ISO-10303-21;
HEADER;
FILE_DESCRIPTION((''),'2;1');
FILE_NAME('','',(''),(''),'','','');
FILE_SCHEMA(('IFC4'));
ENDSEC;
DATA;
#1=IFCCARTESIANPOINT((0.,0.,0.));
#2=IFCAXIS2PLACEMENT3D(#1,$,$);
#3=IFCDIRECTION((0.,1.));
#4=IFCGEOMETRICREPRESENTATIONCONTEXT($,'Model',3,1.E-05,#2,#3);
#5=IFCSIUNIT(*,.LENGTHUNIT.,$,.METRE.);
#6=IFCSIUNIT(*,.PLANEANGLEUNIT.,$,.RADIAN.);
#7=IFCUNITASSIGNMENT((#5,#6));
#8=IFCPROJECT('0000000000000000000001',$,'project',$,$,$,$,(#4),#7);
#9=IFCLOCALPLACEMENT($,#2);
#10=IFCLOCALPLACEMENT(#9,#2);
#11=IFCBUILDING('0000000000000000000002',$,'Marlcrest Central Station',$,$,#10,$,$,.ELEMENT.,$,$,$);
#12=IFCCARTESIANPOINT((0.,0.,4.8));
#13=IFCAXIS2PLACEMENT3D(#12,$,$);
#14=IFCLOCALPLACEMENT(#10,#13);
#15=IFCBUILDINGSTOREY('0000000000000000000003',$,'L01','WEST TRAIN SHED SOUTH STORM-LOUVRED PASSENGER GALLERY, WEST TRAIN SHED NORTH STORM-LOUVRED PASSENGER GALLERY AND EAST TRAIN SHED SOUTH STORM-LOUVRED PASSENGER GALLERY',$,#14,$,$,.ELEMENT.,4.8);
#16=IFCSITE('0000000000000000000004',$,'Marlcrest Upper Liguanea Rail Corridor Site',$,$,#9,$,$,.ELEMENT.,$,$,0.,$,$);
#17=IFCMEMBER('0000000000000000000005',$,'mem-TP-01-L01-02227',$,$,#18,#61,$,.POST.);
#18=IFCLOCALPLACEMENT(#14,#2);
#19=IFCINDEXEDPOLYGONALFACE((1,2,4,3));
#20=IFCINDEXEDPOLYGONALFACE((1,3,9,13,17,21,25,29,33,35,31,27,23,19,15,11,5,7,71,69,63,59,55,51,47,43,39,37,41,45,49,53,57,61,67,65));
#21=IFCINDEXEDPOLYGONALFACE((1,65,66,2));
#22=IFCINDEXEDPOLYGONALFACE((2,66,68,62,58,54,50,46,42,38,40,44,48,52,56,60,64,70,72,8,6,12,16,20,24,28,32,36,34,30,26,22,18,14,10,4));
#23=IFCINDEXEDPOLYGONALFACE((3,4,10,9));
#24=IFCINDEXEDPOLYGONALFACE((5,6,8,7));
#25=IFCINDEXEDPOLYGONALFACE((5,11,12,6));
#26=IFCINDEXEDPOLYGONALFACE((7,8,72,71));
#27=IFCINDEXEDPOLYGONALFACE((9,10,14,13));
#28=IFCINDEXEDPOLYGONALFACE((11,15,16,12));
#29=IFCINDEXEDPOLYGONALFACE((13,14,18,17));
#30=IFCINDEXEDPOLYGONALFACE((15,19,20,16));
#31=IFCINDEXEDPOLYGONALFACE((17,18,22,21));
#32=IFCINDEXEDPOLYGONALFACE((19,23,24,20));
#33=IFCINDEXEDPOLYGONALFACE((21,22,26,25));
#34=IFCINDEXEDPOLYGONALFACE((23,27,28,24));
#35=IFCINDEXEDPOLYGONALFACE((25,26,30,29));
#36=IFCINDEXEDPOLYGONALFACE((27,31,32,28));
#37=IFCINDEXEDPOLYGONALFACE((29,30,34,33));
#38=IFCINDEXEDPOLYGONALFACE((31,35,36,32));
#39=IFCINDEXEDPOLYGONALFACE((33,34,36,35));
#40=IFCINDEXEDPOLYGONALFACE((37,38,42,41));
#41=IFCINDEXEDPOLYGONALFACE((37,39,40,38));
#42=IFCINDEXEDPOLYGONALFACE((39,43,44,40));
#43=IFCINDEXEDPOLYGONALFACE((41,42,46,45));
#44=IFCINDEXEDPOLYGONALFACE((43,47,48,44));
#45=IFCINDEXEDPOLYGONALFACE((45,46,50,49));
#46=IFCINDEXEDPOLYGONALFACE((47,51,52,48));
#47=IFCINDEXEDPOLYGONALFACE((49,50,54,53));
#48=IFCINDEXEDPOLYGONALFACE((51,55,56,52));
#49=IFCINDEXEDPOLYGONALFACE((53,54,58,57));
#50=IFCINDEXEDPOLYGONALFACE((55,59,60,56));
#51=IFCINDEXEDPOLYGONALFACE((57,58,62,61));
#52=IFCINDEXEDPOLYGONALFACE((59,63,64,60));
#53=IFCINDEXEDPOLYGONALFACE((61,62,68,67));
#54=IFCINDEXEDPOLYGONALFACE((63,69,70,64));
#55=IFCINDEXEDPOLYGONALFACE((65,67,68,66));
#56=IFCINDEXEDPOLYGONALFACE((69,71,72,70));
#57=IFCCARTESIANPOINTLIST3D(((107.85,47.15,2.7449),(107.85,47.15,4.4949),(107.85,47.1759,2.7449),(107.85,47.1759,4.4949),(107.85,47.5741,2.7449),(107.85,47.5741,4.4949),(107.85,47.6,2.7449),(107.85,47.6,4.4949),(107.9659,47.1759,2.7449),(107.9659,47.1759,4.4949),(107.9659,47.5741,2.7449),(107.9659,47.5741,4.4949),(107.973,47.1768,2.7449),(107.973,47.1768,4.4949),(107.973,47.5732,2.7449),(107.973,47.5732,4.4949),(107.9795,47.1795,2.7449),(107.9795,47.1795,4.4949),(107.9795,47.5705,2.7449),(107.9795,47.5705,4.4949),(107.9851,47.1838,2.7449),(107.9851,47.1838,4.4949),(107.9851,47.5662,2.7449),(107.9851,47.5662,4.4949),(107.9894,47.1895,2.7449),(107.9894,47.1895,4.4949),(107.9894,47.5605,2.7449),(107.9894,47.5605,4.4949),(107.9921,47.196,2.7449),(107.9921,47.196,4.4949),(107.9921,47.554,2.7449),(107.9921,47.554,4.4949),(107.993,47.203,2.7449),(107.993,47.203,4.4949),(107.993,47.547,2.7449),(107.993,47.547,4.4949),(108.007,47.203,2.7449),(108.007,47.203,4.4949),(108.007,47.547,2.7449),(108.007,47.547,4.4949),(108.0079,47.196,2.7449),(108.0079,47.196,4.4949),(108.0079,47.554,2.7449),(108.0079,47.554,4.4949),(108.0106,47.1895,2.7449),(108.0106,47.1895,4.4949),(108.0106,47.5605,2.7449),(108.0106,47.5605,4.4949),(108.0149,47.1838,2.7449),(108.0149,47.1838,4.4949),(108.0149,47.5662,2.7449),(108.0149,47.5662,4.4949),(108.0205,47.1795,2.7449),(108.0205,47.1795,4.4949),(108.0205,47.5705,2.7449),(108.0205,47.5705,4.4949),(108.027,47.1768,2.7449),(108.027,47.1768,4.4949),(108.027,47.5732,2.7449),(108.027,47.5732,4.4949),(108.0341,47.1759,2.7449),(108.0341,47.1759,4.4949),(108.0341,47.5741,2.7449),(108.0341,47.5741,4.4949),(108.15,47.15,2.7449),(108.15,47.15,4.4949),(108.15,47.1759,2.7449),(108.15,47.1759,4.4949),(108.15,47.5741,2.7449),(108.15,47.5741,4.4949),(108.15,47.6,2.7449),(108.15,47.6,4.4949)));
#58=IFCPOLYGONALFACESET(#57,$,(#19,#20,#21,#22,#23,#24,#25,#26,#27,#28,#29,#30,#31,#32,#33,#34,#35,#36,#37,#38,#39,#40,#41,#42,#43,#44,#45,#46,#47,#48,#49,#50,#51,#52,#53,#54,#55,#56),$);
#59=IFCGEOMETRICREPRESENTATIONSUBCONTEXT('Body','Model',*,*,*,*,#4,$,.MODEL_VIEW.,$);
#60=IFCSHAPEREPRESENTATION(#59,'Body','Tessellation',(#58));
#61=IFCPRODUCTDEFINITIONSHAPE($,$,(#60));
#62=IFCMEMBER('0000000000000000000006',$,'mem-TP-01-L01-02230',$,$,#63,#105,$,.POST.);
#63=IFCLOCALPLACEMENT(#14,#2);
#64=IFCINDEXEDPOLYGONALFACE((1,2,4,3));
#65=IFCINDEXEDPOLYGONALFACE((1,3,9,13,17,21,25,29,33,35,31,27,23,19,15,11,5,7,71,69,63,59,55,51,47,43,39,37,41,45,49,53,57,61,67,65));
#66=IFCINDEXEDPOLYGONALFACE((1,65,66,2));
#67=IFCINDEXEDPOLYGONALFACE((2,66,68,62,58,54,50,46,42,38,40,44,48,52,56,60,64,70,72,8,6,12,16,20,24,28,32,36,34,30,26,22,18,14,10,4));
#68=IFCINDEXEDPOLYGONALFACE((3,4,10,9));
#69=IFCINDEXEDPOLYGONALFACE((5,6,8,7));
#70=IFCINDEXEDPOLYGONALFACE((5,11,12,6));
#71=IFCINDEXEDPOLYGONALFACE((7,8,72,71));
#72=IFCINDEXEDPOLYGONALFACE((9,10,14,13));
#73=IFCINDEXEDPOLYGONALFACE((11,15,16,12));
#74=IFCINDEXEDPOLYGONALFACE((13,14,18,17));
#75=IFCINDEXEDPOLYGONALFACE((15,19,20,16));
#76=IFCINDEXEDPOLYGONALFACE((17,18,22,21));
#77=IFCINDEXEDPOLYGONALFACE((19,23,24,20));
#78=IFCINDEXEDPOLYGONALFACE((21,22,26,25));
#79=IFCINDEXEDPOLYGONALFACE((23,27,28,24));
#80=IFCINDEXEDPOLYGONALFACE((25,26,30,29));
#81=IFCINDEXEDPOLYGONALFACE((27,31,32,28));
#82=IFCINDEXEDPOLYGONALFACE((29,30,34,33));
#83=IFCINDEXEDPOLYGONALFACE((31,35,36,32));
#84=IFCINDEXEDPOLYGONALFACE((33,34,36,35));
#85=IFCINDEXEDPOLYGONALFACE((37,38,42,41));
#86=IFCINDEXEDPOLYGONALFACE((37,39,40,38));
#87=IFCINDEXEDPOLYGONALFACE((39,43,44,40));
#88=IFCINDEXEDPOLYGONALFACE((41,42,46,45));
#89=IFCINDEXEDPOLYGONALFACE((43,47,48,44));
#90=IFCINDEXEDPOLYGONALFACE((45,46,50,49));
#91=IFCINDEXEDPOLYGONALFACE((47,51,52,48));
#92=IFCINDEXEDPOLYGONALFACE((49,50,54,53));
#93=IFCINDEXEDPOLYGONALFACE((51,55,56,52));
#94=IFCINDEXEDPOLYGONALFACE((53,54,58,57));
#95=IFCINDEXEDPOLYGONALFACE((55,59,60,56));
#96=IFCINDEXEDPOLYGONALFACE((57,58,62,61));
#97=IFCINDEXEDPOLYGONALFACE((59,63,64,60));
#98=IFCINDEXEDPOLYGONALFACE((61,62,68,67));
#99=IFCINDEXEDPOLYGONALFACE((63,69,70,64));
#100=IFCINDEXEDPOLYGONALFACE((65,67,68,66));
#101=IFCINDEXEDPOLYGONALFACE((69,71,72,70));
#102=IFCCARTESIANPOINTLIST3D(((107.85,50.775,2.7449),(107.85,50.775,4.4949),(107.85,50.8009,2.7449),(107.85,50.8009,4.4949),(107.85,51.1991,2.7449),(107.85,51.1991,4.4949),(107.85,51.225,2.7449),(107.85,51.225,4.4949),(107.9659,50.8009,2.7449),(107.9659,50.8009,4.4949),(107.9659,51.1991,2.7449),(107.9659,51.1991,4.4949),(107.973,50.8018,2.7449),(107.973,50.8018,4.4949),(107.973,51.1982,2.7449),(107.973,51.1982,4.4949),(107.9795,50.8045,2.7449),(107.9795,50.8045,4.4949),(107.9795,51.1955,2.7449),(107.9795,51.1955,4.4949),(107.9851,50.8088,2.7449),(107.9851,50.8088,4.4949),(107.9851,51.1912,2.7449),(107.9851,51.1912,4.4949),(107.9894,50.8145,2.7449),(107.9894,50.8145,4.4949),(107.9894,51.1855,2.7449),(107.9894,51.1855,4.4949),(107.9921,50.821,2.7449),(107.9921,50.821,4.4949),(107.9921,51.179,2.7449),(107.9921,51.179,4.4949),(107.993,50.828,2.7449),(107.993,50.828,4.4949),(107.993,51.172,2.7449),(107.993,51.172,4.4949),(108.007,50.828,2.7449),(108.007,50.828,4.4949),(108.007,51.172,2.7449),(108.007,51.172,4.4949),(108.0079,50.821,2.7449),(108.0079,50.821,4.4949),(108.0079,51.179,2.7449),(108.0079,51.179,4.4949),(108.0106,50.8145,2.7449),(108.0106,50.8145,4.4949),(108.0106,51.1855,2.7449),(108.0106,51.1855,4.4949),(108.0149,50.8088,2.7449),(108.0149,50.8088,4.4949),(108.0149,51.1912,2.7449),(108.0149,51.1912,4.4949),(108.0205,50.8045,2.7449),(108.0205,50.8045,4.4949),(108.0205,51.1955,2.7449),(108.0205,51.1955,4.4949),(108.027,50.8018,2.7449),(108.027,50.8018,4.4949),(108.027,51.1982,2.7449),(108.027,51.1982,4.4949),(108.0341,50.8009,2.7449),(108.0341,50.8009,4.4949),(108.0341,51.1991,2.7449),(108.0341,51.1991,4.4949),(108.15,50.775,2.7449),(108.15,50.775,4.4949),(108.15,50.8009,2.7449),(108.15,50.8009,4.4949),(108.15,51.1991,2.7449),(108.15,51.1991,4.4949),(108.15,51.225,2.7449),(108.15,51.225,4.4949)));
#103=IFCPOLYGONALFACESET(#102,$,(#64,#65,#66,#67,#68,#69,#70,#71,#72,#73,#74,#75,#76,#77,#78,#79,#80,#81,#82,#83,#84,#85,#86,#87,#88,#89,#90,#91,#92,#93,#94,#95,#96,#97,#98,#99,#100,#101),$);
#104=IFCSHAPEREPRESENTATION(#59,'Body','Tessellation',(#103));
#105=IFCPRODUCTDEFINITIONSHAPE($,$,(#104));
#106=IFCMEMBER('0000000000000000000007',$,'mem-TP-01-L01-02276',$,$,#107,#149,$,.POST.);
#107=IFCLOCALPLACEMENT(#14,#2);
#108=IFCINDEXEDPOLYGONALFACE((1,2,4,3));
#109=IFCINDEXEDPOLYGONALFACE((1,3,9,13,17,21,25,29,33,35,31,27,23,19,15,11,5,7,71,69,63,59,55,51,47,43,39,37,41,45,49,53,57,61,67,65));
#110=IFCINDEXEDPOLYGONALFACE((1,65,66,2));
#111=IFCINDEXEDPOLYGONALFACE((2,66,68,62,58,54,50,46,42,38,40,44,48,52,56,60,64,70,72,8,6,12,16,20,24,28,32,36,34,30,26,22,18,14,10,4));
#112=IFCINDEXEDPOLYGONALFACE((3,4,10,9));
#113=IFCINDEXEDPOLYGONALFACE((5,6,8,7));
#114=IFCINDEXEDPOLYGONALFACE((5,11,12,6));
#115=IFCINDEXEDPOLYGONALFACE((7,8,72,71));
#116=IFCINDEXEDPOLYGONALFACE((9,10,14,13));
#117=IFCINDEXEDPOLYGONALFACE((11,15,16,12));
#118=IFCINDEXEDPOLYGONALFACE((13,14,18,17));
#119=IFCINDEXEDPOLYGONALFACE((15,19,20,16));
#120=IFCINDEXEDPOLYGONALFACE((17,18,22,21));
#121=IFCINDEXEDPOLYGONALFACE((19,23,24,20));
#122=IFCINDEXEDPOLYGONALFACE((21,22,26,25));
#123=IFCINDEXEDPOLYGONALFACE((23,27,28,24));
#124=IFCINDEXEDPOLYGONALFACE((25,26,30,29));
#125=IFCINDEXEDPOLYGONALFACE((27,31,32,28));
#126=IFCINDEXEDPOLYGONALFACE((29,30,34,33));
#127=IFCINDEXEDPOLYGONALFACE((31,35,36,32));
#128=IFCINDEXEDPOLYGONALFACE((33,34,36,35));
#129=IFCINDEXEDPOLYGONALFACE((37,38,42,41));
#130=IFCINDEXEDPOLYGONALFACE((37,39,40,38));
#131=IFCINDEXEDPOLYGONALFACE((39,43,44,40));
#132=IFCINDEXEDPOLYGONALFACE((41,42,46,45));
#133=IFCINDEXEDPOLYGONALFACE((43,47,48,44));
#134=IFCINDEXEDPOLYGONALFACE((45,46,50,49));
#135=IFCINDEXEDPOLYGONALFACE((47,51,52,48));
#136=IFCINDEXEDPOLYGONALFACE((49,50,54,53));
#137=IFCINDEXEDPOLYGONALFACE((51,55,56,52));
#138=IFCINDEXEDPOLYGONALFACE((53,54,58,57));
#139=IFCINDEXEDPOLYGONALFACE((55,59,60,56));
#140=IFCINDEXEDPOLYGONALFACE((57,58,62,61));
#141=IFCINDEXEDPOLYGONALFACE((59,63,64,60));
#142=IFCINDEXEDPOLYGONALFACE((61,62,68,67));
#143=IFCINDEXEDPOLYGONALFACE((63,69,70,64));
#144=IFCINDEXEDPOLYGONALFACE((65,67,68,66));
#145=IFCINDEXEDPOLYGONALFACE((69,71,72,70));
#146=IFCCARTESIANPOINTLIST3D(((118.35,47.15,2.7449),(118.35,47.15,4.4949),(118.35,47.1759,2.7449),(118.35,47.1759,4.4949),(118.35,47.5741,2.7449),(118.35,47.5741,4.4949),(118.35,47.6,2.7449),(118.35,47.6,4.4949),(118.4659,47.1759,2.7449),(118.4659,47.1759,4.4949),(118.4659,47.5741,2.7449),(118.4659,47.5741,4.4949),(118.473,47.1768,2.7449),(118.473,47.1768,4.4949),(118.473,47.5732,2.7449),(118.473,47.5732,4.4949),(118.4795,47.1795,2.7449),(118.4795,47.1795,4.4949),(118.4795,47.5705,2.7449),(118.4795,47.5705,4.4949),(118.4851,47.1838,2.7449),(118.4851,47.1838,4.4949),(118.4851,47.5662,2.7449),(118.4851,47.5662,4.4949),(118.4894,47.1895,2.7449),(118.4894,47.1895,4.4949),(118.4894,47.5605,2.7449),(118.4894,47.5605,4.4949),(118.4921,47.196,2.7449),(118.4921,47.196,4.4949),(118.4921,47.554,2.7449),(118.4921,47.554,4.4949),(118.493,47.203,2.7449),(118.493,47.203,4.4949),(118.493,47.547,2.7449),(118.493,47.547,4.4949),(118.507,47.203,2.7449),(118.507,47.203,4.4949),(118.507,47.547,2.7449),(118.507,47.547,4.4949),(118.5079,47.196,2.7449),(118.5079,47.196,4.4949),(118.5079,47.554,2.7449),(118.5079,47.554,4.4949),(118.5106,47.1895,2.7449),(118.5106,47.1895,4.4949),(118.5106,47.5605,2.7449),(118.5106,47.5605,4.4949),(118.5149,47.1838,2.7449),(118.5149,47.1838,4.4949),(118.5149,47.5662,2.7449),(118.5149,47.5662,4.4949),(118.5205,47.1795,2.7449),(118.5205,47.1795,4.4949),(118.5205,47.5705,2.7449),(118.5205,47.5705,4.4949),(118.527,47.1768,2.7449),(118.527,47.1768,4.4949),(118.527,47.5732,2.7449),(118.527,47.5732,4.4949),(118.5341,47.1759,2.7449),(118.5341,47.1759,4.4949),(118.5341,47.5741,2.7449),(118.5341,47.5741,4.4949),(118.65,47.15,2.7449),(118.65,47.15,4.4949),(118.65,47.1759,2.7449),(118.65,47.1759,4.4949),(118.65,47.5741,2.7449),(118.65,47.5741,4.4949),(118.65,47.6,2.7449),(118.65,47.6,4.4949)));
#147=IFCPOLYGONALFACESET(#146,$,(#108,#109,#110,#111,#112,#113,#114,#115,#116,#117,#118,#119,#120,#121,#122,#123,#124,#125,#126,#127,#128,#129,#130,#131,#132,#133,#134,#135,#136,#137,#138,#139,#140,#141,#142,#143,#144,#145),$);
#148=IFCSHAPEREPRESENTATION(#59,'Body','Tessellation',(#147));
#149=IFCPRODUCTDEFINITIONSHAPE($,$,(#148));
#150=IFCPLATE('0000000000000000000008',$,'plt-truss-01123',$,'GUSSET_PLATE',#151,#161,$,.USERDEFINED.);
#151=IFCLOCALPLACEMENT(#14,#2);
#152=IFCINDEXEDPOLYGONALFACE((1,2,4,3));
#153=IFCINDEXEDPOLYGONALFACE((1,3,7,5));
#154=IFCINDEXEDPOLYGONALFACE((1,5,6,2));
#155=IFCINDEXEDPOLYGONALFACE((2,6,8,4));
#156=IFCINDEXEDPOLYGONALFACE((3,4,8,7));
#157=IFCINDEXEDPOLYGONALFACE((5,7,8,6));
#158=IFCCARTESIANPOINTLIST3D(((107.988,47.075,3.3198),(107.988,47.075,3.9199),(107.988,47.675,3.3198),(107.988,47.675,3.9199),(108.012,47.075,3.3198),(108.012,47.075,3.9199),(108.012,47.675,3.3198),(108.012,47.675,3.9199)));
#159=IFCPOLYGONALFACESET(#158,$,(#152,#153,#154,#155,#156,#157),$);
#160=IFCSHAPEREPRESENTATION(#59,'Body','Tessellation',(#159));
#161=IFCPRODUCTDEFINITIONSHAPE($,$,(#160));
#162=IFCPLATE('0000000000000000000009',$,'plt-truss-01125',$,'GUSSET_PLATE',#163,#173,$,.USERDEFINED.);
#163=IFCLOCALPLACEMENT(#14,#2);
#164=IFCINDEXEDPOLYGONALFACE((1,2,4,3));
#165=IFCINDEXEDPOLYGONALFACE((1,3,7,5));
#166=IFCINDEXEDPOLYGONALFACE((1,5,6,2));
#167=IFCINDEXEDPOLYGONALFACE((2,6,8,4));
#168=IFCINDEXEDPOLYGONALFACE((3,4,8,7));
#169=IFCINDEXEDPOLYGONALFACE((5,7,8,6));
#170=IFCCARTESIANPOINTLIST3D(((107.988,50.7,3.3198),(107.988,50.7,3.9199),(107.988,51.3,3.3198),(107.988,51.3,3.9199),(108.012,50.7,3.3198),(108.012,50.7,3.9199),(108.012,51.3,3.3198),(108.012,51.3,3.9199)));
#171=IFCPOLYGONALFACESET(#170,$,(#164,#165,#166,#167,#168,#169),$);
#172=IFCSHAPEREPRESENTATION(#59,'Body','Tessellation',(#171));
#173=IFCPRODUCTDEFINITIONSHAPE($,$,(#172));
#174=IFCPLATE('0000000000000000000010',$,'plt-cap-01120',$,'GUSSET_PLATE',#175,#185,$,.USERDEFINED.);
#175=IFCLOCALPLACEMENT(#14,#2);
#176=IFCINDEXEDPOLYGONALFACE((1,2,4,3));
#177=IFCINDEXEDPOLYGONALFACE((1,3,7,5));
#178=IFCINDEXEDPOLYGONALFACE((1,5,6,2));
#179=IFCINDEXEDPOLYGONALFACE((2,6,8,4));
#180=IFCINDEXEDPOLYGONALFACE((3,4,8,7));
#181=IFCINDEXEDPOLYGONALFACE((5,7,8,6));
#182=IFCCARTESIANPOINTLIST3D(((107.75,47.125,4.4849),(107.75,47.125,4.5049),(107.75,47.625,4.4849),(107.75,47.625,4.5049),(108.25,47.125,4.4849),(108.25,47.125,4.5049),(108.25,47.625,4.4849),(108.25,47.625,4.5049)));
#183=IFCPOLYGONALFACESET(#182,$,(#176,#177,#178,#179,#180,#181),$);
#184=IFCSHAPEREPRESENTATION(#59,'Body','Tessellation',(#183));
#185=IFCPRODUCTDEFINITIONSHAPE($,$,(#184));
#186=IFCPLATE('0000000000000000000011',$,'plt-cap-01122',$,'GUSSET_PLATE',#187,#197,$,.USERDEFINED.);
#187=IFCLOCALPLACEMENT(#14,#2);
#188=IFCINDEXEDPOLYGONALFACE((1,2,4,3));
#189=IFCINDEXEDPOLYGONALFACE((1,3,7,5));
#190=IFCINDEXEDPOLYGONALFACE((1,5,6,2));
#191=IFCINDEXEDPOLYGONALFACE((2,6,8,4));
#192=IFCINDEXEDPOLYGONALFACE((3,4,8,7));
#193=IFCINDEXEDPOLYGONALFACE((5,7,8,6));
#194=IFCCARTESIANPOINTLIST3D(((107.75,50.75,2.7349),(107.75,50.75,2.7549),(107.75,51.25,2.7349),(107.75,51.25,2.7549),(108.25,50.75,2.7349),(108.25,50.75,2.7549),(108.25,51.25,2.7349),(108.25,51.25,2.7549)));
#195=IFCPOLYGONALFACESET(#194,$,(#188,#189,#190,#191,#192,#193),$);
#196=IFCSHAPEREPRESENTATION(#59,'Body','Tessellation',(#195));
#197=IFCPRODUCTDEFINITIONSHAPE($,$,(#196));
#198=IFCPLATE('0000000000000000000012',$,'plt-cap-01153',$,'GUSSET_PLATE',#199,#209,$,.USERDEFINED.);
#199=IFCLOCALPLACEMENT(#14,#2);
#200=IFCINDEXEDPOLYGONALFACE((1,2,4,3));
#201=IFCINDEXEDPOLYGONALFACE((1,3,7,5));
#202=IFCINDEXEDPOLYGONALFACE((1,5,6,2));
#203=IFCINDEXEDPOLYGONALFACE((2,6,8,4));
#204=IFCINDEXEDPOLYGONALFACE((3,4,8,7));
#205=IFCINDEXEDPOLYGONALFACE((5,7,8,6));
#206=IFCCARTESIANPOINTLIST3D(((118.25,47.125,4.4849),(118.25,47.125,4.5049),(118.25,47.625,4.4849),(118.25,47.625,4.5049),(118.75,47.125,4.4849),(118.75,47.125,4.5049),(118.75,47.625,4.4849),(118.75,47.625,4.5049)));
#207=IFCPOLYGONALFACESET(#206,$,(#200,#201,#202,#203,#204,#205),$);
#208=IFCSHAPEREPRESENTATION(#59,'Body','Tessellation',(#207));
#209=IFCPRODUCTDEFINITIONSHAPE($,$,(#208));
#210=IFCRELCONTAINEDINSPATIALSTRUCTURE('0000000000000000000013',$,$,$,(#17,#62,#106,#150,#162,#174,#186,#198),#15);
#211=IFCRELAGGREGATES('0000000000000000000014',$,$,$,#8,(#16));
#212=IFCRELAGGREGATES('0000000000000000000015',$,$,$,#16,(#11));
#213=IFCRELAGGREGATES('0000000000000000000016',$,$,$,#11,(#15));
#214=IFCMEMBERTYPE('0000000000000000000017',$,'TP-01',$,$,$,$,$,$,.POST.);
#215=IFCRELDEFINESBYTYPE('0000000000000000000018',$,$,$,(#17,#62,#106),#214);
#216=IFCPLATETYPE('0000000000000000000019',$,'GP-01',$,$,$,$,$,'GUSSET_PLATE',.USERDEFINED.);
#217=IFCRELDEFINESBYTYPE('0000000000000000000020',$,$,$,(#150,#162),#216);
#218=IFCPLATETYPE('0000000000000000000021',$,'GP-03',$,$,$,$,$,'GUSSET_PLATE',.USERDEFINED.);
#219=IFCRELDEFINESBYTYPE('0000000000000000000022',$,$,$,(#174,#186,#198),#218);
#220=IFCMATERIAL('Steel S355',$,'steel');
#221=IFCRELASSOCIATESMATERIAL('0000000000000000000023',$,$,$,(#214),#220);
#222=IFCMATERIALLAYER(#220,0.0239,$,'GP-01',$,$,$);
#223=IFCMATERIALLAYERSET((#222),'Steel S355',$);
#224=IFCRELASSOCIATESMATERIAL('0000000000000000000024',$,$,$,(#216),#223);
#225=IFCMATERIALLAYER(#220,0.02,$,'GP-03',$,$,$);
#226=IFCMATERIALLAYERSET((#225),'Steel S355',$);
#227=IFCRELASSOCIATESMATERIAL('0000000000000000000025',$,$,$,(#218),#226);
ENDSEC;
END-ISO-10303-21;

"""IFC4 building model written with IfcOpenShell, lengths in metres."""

from ifc_helpers import new_model, si_unit, direction, frame, origin, origin_2d, place, context, subcontext, project, spatial, rectangle, i_section, extrude, material, layer, layer_set, material_profile, profile_set, type_object, element, save


model = new_model("IFC4")

# Units and contexts
model_context = context("Model", 3, precision=1e-05, world=origin(), true_north=direction((0.0, 1.0)))
body_context = subcontext(model_context, "Body", "Model", "MODEL_VIEW")
ifc_project = project(units=[si_unit("LENGTHUNIT", "METRE"), si_unit("PLANEANGLEUNIT", "RADIAN")], contexts=[model_context])

# Site, building, storey
site_placement = place(None, origin())
site = spatial("IfcSite", under=ifc_project, at=site_placement, Name="Marlcrest Upper Liguanea Rail Corridor Site", CompositionType="ELEMENT", RefElevation=0.0)
building_placement = place(site_placement, origin())
building = spatial("IfcBuilding", under=site, at=building_placement, Name="Marlcrest Central Station", CompositionType="ELEMENT")
storey_placement = place(building_placement, frame((0.0, 0.0, 4.8)))
storey = spatial("IfcBuildingStorey", under=building, at=storey_placement, Name="L01", Description="WEST TRAIN SHED SOUTH STORM-LOUVRED PASSENGER GALLERY, WEST TRAIN SHED NORTH STORM-LOUVRED PASSENGER GALLERY AND EAST TRAIN SHED SOUTH STORM-LOUVRED PASSENGER GALLERY", CompositionType="ELEMENT", Elevation=4.8)

# Shared definitions
ifc_material = material(Name="Steel S355", Category="steel")

# Members
ifc_material_profile_1 = material_profile(ifc_material, i_section(OverallWidth=0.3, OverallDepth=0.45, WebThickness=0.0139, FlangeThickness=0.0259, FilletRadius=0.0271, at=origin_2d()), Name="HEB 450")
ifc_profile_set_1 = profile_set([ifc_material_profile_1], Name="Steel S355")
member_type_1 = type_object("IfcMemberType", Name="TP-01", PredefinedType="POST", material=ifc_profile_set_1)
for number, where, z_axis, x_axis, name in (
    (1, (108.0, 47.375, 2.7449), (0.0, 0.0, 1.0), (1.0, 0.0, 0.0), "mem-TP-01-L01-02227"),
    (2, (108.0, 51.0, 2.7449), (0.0, 0.0, 1.0), (1.0, 0.0, 0.0), "mem-TP-01-L01-02230"),
    (3, (118.5, 47.375, 2.7449), (0.0, 0.0, 1.0), (1.0, 0.0, 0.0), "mem-TP-01-L01-02276"),
):
    element("IfcMember", number, at=place(storey_placement, frame(where, z_axis=z_axis, x_axis=x_axis)), inside=storey, type_object=member_type_1, Name=name, PredefinedType="POST", context=body_context, shape_type="SweptSolid", body=[
        extrude(i_section(OverallWidth=0.3, OverallDepth=0.45, WebThickness=0.0139, FlangeThickness=0.0259, FilletRadius=0.0271, at=origin_2d()), origin(), (0.0, 0.0, 1.0), 1.75),
    ])

# Plates
ifc_layer_1 = layer(ifc_material, 0.0239, Name="GP-01")
ifc_layer_set_1 = layer_set([ifc_layer_1], Name="Steel S355")
plate_type_1 = type_object("IfcPlateType", Name="GP-01", ElementType="GUSSET_PLATE", PredefinedType="USERDEFINED", material=ifc_layer_set_1)
for number, where, z_axis, x_axis, name in (
    (4, (108.0, 47.375, 3.3198), (0.0, 0.0, 1.0), (1.0, 0.0, 0.0), "plt-truss-01123"),
    (5, (108.0, 51.0, 3.3198), (0.0, 0.0, 1.0), (1.0, 0.0, 0.0), "plt-truss-01125"),
):
    element("IfcPlate", number, at=place(storey_placement, frame(where, z_axis=z_axis, x_axis=x_axis)), inside=storey, type_object=plate_type_1, Name=name, ObjectType="GUSSET_PLATE", PredefinedType="USERDEFINED", context=body_context, shape_type="SweptSolid", body=[
        extrude(rectangle(XDim=0.0239, YDim=0.6001, at=origin_2d()), origin(), (0.0, 0.0, 1.0), 0.6001),
    ])
ifc_layer_2 = layer(ifc_material, 0.02, Name="GP-03")
ifc_layer_set_2 = layer_set([ifc_layer_2], Name="Steel S355")
plate_type_2 = type_object("IfcPlateType", Name="GP-03", ElementType="GUSSET_PLATE", PredefinedType="USERDEFINED", material=ifc_layer_set_2)
for number, where, z_axis, x_axis, name in (
    (6, (108.0, 47.375, 4.4849), (0.0, 0.0, 1.0), (1.0, 0.0, 0.0), "plt-cap-01120"),
    (7, (108.0, 51.0, 2.7349), (0.0, 0.0, 1.0), (1.0, 0.0, 0.0), "plt-cap-01122"),
    (8, (118.5, 47.375, 4.4849), (0.0, 0.0, 1.0), (1.0, 0.0, 0.0), "plt-cap-01153"),
):
    element("IfcPlate", number, at=place(storey_placement, frame(where, z_axis=z_axis, x_axis=x_axis)), inside=storey, type_object=plate_type_2, Name=name, ObjectType="GUSSET_PLATE", PredefinedType="USERDEFINED", context=body_context, shape_type="SweptSolid", body=[
        extrude(rectangle(XDim=0.5, YDim=0.5, at=origin_2d()), origin(), (0.0, 0.0, 1.0), 0.02),
    ])

save(model, "model.ifc")
